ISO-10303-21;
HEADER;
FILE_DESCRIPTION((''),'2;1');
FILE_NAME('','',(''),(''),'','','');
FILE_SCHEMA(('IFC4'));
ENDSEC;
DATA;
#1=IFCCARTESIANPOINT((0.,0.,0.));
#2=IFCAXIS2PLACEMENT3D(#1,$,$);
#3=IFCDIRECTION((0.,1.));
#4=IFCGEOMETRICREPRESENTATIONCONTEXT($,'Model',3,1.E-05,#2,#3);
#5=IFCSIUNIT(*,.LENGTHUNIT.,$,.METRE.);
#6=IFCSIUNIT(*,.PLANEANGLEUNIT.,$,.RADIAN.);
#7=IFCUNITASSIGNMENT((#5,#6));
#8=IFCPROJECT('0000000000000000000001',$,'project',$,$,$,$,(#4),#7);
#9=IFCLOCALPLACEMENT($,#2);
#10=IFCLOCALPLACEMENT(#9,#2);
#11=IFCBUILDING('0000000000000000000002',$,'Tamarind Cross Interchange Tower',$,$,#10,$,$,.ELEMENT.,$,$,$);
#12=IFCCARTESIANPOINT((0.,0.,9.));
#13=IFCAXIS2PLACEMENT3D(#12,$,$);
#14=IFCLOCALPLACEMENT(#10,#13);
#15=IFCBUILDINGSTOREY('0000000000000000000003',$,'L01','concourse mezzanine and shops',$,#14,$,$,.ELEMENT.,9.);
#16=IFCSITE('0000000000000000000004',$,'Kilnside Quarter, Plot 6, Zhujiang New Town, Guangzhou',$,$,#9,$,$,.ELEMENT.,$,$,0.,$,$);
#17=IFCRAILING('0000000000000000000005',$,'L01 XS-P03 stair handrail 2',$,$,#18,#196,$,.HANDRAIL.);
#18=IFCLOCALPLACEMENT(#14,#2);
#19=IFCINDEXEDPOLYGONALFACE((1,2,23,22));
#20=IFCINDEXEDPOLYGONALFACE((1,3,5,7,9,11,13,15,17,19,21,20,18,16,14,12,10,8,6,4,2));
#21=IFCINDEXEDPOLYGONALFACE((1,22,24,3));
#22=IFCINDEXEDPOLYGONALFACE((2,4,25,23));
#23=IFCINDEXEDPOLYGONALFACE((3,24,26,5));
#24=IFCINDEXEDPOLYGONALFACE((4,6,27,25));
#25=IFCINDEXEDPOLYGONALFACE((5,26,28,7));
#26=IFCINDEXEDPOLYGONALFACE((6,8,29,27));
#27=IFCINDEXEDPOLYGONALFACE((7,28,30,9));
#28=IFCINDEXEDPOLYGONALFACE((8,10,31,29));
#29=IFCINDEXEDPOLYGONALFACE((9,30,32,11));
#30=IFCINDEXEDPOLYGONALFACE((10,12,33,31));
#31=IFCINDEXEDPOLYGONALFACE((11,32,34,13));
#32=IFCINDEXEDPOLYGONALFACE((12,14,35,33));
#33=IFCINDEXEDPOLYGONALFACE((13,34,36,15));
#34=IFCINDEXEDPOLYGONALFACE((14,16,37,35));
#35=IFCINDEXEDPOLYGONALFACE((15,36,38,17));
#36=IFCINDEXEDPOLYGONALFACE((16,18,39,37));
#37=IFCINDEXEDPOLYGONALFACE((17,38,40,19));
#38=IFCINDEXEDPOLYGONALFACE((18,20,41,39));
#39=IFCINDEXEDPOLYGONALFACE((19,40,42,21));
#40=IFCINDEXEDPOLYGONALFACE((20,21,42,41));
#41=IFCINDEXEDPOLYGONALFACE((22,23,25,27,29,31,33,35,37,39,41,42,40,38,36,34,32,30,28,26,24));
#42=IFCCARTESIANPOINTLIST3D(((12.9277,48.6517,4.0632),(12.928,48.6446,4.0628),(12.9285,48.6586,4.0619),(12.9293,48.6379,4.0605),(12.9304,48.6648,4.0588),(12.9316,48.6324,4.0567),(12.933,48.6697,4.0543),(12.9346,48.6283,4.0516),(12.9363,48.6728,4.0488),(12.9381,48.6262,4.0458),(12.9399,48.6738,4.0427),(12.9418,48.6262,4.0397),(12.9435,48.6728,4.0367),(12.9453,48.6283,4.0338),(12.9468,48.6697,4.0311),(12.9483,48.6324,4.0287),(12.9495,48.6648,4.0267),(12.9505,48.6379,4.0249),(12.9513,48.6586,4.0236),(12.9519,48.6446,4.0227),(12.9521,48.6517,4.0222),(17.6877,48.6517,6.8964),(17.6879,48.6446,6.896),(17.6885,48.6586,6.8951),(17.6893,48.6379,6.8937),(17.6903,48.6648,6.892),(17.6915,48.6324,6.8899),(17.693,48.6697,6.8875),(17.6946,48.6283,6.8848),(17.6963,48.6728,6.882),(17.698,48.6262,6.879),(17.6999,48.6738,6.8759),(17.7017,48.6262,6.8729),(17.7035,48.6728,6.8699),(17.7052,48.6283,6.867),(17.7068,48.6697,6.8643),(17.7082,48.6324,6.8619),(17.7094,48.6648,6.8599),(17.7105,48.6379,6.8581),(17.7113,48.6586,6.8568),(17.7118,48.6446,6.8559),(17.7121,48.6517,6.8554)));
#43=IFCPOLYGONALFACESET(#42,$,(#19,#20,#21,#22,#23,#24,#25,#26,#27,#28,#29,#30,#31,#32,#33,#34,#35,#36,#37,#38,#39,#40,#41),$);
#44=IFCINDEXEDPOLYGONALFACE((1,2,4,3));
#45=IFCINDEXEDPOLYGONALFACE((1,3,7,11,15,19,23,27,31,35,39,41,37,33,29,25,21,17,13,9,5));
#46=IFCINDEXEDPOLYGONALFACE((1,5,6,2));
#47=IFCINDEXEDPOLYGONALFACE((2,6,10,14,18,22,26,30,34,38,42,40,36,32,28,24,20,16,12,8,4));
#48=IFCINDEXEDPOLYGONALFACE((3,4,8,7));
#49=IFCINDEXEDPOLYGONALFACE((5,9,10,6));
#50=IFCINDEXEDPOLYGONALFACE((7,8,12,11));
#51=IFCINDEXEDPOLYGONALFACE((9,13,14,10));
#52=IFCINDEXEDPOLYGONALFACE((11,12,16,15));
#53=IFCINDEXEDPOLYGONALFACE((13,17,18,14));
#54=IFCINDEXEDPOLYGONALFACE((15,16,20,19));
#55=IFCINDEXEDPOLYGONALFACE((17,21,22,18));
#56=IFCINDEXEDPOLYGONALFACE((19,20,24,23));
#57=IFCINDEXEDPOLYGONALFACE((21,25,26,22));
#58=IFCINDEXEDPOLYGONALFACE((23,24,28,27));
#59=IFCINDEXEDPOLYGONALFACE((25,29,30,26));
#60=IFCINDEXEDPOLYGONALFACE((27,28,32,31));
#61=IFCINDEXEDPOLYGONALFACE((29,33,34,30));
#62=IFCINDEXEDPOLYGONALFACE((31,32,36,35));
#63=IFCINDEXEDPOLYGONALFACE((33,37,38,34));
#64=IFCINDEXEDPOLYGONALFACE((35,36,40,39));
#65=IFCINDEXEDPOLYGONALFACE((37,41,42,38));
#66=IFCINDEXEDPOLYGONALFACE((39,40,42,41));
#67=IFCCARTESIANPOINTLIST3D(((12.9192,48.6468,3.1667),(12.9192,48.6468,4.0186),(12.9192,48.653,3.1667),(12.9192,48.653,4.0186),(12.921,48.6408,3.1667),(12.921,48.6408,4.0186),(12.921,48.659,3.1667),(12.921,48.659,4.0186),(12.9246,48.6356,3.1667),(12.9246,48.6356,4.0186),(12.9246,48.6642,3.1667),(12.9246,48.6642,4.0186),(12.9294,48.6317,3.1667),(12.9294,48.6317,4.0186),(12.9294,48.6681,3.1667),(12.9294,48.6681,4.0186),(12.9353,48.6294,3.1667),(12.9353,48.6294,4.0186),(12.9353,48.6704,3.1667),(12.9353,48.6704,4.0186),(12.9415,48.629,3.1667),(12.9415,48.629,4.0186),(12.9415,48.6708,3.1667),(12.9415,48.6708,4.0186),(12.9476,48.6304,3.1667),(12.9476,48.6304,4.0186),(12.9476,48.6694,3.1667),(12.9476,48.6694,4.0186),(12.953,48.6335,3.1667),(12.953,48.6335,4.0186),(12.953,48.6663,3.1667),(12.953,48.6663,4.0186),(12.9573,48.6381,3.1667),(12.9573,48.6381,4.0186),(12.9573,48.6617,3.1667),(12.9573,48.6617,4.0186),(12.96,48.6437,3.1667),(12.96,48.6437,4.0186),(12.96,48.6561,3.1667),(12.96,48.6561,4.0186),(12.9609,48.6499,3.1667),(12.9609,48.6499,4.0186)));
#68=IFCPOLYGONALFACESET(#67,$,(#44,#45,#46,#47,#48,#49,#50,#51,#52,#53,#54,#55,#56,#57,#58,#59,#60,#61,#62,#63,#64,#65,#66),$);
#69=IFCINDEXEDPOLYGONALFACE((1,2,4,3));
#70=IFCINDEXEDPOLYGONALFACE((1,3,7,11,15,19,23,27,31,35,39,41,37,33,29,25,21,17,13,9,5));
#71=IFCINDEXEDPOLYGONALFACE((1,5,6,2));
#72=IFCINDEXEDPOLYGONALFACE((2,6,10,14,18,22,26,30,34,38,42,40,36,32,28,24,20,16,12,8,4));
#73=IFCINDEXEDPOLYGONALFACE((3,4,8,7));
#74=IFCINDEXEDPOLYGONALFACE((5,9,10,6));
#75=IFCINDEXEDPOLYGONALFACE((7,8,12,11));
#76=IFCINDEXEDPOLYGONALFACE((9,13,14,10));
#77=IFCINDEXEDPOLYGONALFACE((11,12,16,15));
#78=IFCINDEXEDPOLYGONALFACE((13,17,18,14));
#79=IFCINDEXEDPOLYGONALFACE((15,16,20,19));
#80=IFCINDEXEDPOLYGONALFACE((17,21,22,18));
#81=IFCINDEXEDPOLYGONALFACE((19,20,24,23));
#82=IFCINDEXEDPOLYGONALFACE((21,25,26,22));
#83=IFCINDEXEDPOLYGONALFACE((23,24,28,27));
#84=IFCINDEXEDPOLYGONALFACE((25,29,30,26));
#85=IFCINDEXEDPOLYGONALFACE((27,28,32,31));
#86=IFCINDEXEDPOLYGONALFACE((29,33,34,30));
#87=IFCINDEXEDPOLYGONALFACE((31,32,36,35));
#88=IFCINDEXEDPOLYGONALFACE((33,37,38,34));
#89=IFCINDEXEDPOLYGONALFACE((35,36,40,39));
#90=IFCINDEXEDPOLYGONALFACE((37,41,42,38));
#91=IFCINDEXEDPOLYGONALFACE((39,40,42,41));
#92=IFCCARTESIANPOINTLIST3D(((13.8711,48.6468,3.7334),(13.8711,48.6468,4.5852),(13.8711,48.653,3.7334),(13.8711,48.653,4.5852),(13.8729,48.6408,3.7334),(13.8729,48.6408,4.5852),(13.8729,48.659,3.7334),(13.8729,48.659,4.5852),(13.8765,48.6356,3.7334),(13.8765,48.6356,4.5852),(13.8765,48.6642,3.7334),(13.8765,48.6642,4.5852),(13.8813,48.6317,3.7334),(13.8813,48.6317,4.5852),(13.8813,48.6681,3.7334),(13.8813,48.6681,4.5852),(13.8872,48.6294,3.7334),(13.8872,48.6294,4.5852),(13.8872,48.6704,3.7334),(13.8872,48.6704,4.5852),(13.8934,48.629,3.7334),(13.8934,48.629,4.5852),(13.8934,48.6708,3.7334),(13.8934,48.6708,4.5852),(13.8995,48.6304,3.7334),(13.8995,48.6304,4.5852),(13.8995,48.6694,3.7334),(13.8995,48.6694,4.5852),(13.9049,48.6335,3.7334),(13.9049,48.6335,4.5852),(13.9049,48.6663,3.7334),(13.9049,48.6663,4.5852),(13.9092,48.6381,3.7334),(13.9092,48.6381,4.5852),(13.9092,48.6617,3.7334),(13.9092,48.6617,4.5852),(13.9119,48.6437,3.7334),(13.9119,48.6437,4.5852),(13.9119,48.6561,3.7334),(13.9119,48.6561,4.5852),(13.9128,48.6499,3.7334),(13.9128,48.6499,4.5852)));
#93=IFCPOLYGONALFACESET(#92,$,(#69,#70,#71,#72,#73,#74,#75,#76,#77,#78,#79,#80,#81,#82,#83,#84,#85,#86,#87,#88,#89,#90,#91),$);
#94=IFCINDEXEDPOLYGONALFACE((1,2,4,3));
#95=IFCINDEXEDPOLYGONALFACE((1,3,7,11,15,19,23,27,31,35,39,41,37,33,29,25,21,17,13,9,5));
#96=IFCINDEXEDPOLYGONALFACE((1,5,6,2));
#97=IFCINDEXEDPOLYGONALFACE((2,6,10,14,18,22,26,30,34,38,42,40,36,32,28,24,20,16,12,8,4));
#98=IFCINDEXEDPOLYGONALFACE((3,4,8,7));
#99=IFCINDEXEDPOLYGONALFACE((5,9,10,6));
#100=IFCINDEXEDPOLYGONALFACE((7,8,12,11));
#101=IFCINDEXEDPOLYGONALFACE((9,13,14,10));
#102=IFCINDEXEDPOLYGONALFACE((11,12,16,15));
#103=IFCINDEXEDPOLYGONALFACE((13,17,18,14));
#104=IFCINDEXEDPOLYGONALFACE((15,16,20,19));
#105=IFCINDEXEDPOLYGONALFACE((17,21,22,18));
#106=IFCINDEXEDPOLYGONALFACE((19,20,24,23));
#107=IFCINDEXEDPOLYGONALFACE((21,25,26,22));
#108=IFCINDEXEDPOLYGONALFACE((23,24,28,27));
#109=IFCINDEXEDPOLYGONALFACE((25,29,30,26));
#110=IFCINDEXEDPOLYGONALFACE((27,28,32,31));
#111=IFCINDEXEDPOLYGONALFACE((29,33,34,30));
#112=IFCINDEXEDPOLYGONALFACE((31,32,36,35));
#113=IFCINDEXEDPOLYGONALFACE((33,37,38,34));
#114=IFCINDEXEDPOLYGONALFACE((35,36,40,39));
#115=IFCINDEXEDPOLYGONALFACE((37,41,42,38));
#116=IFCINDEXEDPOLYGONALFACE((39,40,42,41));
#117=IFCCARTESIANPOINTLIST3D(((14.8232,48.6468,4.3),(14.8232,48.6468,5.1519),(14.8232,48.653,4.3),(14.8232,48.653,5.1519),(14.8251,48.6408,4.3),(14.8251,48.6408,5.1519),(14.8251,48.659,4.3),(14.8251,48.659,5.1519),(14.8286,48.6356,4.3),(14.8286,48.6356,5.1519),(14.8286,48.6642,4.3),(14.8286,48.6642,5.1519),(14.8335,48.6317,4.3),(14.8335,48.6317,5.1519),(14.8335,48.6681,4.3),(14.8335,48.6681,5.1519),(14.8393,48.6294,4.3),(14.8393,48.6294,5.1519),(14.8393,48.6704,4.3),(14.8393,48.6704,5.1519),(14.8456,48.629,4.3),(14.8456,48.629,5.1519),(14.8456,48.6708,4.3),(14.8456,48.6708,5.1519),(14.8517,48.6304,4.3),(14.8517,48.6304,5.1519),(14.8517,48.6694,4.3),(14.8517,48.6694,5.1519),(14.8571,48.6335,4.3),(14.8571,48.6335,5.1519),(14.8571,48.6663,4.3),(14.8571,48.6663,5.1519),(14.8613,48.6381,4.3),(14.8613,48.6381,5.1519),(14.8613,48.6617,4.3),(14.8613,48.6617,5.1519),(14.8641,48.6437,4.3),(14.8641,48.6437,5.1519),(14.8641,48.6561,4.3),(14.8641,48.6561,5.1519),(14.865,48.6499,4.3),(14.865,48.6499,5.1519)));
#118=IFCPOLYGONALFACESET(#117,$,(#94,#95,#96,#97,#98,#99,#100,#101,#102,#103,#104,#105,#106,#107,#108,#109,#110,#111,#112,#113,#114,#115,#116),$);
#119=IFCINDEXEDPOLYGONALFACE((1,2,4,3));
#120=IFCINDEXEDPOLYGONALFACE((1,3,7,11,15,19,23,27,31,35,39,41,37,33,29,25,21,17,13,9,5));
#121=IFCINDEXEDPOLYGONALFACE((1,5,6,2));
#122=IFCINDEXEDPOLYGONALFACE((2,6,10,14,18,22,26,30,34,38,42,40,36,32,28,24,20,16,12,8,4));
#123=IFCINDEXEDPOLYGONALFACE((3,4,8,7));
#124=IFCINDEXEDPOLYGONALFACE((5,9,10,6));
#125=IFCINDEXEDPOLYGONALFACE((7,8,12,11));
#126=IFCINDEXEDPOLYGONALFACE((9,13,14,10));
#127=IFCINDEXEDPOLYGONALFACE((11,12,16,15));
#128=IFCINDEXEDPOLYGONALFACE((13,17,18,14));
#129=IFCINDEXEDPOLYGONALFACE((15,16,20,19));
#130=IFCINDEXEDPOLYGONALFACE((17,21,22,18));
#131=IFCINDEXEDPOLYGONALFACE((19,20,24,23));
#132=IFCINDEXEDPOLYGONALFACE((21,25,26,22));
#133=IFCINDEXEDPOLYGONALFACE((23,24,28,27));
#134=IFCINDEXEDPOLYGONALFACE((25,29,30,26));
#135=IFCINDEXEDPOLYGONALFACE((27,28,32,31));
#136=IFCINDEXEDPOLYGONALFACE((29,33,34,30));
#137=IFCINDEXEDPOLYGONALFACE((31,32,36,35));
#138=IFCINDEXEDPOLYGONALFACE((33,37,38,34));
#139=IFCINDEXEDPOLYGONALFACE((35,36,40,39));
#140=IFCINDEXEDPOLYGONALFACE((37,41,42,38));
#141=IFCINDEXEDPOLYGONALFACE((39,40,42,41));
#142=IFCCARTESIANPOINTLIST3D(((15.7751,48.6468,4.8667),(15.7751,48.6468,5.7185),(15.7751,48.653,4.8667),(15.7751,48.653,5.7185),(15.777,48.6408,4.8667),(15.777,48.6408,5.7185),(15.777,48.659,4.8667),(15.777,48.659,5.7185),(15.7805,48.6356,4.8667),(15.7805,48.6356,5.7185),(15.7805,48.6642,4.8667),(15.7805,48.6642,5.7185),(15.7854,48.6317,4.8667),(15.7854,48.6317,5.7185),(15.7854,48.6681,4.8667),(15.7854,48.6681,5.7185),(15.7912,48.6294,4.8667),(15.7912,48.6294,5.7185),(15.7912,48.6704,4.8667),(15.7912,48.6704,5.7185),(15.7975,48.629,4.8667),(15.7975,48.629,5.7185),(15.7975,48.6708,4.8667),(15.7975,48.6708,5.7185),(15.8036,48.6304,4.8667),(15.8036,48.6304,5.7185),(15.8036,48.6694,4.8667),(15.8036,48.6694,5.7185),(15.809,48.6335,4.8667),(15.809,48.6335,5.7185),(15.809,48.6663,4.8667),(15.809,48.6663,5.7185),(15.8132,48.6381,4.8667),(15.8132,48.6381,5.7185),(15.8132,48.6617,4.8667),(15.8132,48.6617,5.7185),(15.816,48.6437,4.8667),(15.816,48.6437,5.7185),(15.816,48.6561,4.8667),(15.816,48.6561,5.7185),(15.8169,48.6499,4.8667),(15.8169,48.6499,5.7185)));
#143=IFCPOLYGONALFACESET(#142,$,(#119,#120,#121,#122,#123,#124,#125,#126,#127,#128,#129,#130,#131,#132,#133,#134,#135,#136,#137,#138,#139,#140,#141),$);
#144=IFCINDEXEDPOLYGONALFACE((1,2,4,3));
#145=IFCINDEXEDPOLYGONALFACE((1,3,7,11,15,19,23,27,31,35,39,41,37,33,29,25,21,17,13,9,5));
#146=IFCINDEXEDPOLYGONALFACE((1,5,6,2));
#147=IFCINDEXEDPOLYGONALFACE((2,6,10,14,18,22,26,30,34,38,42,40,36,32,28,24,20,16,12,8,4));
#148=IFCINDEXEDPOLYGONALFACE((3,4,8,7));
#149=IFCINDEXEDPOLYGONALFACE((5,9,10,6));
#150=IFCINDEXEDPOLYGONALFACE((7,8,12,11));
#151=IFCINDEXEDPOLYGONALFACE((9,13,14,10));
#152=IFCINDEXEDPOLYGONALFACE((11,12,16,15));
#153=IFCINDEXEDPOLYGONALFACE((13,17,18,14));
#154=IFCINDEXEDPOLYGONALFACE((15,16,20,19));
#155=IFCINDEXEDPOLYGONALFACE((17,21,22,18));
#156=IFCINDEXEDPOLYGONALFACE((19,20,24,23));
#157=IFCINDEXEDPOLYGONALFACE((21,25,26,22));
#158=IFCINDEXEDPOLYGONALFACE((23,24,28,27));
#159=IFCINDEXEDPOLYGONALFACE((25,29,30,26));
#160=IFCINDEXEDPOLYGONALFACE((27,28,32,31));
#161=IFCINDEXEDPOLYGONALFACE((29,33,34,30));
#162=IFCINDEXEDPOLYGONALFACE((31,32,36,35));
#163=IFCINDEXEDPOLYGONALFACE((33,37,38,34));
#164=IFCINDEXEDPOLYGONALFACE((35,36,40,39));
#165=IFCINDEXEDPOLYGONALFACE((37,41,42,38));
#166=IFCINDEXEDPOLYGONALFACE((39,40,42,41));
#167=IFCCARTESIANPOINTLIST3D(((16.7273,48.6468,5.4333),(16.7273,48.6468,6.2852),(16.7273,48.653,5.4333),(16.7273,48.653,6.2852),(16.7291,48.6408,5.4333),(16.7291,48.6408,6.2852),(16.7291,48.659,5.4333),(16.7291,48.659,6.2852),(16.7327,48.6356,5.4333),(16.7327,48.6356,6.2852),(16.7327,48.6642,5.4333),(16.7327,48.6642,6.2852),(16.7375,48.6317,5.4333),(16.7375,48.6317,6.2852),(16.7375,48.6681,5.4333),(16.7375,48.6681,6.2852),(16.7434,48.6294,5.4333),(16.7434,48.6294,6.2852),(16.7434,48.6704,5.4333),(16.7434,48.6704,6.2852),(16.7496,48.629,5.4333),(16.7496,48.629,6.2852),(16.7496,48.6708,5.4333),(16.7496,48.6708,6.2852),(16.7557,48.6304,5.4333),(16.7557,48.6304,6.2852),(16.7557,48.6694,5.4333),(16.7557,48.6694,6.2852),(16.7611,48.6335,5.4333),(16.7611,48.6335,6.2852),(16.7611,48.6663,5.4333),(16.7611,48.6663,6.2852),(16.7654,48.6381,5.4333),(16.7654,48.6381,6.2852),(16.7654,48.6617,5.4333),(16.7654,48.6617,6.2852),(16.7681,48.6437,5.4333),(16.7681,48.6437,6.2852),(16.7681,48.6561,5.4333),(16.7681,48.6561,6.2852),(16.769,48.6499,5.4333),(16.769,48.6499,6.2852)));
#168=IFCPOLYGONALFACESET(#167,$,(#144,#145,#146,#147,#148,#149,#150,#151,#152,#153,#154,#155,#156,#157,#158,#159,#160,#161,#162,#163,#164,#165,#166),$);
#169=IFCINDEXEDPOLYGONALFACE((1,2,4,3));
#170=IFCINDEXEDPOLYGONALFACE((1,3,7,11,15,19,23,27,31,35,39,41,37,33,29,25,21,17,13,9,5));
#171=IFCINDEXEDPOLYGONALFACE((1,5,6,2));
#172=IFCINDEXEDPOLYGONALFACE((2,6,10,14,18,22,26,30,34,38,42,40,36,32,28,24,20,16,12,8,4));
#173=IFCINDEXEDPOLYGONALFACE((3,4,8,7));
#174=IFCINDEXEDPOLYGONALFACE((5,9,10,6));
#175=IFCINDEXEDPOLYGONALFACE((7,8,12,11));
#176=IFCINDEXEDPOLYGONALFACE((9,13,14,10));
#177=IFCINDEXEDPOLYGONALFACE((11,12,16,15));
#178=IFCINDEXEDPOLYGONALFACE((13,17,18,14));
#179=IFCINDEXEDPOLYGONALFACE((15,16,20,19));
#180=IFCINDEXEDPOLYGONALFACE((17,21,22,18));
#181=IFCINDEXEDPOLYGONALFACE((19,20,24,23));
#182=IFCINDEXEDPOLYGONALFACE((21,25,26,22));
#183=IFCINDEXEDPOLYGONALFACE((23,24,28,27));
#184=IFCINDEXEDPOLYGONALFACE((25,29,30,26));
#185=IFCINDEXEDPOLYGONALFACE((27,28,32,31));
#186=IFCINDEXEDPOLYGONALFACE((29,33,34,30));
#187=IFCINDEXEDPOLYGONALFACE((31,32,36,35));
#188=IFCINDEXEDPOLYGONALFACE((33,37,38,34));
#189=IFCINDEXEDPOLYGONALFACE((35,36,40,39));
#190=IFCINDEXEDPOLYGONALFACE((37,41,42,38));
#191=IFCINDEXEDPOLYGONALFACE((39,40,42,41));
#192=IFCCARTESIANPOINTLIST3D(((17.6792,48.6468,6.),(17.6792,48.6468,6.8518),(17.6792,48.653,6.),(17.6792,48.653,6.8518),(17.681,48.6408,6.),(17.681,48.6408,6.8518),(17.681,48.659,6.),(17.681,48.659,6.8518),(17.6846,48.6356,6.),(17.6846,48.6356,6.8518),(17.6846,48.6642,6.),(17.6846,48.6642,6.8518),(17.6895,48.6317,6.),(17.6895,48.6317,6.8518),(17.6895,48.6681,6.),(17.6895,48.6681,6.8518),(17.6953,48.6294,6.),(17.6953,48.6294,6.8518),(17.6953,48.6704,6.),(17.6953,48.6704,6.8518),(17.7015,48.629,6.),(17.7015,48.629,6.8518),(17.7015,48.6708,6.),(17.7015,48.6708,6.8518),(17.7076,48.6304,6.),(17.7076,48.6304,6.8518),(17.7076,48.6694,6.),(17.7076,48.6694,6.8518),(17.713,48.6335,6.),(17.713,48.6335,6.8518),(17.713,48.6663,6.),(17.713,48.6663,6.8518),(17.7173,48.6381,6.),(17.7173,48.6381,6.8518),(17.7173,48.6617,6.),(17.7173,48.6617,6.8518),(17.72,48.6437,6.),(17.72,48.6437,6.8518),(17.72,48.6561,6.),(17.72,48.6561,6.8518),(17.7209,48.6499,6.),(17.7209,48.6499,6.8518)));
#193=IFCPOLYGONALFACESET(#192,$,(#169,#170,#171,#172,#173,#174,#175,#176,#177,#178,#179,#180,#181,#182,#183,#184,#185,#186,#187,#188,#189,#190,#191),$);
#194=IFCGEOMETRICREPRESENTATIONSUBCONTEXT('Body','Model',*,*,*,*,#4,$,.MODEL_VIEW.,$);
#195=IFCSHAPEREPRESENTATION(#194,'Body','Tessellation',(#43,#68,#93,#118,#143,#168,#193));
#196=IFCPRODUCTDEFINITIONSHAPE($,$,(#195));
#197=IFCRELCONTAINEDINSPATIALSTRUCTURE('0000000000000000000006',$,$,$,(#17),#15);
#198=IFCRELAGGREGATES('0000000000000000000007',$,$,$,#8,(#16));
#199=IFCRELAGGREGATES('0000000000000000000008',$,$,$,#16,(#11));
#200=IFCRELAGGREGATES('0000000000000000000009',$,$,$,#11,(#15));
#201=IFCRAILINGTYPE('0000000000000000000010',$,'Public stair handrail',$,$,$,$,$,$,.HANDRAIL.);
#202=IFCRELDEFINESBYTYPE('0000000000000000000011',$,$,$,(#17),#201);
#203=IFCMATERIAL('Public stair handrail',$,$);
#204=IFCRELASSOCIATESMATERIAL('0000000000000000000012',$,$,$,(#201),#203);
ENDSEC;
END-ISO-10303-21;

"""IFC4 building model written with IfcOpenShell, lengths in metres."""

from ifc_helpers import new_model, si_unit, direction, frame, origin, origin_2d, place, context, subcontext, project, spatial, circle, extrude, material, type_object, element, save


model = new_model("IFC4")

# Units and contexts
model_context = context("Model", 3, precision=1e-05, world=origin(), true_north=direction((0.0, 1.0)))
body_context = subcontext(model_context, "Body", "Model", "MODEL_VIEW")
ifc_project = project(units=[si_unit("LENGTHUNIT", "METRE"), si_unit("PLANEANGLEUNIT", "RADIAN")], contexts=[model_context])

# Site, building, storey
site_placement = place(None, origin())
site = spatial("IfcSite", under=ifc_project, at=site_placement, Name="Kilnside Quarter, Plot 6, Zhujiang New Town, Guangzhou", CompositionType="ELEMENT", RefElevation=0.0)
building_placement = place(site_placement, origin())
building = spatial("IfcBuilding", under=site, at=building_placement, Name="Tamarind Cross Interchange Tower", CompositionType="ELEMENT")
storey_placement = place(building_placement, frame((0.0, 0.0, 9.0)))
storey = spatial("IfcBuildingStorey", under=building, at=storey_placement, Name="L01", Description="concourse mezzanine and shops", CompositionType="ELEMENT", Elevation=9.0)

# Railing
ifc_material_1 = material(Name="Public stair handrail")
railing_type_1 = type_object("IfcRailingType", Name="Public stair handrail", PredefinedType="HANDRAIL", material=ifc_material_1)
railing_1_placement = place(storey_placement, frame((12.9399, 48.6499, 3.1667)))
element("IfcRailing", 1, at=railing_1_placement, inside=storey, type_object=railing_type_1, Name="L01 XS-P03 stair handrail 2", PredefinedType="HANDRAIL", context=body_context, shape_type="SweptSolid", body=[
    extrude(circle(Radius=0.0239, at=origin_2d()), frame((0.0, 0.0, 0.876), z_axis=(0.8593, 0.0, 0.511472), x_axis=(0.0, 1.0, 0.0)), (0.0, 0.0, 1.0), 5.5393),
    extrude(circle(Radius=0.021, at=origin_2d()), origin(), (0.0, 0.0, 1.0), 0.8518),
    extrude(circle(Radius=0.021, at=origin_2d()), frame((0.9519, 0.0, 0.5667)), (0.0, 0.0, 1.0), 0.8518),
    extrude(circle(Radius=0.021, at=origin_2d()), frame((1.9041, 0.0, 1.1333)), (0.0, 0.0, 1.0), 0.8518),
    extrude(circle(Radius=0.021, at=origin_2d()), frame((2.856, 0.0, 1.7)), (0.0, 0.0, 1.0), 0.8518),
    extrude(circle(Radius=0.021, at=origin_2d()), frame((3.8081, 0.0, 2.2666)), (0.0, 0.0, 1.0), 0.8518),
    extrude(circle(Radius=0.021, at=origin_2d()), frame((4.76, 0.0, 2.8333)), (0.0, 0.0, 1.0), 0.8518),
])

save(model, "model.ifc")
